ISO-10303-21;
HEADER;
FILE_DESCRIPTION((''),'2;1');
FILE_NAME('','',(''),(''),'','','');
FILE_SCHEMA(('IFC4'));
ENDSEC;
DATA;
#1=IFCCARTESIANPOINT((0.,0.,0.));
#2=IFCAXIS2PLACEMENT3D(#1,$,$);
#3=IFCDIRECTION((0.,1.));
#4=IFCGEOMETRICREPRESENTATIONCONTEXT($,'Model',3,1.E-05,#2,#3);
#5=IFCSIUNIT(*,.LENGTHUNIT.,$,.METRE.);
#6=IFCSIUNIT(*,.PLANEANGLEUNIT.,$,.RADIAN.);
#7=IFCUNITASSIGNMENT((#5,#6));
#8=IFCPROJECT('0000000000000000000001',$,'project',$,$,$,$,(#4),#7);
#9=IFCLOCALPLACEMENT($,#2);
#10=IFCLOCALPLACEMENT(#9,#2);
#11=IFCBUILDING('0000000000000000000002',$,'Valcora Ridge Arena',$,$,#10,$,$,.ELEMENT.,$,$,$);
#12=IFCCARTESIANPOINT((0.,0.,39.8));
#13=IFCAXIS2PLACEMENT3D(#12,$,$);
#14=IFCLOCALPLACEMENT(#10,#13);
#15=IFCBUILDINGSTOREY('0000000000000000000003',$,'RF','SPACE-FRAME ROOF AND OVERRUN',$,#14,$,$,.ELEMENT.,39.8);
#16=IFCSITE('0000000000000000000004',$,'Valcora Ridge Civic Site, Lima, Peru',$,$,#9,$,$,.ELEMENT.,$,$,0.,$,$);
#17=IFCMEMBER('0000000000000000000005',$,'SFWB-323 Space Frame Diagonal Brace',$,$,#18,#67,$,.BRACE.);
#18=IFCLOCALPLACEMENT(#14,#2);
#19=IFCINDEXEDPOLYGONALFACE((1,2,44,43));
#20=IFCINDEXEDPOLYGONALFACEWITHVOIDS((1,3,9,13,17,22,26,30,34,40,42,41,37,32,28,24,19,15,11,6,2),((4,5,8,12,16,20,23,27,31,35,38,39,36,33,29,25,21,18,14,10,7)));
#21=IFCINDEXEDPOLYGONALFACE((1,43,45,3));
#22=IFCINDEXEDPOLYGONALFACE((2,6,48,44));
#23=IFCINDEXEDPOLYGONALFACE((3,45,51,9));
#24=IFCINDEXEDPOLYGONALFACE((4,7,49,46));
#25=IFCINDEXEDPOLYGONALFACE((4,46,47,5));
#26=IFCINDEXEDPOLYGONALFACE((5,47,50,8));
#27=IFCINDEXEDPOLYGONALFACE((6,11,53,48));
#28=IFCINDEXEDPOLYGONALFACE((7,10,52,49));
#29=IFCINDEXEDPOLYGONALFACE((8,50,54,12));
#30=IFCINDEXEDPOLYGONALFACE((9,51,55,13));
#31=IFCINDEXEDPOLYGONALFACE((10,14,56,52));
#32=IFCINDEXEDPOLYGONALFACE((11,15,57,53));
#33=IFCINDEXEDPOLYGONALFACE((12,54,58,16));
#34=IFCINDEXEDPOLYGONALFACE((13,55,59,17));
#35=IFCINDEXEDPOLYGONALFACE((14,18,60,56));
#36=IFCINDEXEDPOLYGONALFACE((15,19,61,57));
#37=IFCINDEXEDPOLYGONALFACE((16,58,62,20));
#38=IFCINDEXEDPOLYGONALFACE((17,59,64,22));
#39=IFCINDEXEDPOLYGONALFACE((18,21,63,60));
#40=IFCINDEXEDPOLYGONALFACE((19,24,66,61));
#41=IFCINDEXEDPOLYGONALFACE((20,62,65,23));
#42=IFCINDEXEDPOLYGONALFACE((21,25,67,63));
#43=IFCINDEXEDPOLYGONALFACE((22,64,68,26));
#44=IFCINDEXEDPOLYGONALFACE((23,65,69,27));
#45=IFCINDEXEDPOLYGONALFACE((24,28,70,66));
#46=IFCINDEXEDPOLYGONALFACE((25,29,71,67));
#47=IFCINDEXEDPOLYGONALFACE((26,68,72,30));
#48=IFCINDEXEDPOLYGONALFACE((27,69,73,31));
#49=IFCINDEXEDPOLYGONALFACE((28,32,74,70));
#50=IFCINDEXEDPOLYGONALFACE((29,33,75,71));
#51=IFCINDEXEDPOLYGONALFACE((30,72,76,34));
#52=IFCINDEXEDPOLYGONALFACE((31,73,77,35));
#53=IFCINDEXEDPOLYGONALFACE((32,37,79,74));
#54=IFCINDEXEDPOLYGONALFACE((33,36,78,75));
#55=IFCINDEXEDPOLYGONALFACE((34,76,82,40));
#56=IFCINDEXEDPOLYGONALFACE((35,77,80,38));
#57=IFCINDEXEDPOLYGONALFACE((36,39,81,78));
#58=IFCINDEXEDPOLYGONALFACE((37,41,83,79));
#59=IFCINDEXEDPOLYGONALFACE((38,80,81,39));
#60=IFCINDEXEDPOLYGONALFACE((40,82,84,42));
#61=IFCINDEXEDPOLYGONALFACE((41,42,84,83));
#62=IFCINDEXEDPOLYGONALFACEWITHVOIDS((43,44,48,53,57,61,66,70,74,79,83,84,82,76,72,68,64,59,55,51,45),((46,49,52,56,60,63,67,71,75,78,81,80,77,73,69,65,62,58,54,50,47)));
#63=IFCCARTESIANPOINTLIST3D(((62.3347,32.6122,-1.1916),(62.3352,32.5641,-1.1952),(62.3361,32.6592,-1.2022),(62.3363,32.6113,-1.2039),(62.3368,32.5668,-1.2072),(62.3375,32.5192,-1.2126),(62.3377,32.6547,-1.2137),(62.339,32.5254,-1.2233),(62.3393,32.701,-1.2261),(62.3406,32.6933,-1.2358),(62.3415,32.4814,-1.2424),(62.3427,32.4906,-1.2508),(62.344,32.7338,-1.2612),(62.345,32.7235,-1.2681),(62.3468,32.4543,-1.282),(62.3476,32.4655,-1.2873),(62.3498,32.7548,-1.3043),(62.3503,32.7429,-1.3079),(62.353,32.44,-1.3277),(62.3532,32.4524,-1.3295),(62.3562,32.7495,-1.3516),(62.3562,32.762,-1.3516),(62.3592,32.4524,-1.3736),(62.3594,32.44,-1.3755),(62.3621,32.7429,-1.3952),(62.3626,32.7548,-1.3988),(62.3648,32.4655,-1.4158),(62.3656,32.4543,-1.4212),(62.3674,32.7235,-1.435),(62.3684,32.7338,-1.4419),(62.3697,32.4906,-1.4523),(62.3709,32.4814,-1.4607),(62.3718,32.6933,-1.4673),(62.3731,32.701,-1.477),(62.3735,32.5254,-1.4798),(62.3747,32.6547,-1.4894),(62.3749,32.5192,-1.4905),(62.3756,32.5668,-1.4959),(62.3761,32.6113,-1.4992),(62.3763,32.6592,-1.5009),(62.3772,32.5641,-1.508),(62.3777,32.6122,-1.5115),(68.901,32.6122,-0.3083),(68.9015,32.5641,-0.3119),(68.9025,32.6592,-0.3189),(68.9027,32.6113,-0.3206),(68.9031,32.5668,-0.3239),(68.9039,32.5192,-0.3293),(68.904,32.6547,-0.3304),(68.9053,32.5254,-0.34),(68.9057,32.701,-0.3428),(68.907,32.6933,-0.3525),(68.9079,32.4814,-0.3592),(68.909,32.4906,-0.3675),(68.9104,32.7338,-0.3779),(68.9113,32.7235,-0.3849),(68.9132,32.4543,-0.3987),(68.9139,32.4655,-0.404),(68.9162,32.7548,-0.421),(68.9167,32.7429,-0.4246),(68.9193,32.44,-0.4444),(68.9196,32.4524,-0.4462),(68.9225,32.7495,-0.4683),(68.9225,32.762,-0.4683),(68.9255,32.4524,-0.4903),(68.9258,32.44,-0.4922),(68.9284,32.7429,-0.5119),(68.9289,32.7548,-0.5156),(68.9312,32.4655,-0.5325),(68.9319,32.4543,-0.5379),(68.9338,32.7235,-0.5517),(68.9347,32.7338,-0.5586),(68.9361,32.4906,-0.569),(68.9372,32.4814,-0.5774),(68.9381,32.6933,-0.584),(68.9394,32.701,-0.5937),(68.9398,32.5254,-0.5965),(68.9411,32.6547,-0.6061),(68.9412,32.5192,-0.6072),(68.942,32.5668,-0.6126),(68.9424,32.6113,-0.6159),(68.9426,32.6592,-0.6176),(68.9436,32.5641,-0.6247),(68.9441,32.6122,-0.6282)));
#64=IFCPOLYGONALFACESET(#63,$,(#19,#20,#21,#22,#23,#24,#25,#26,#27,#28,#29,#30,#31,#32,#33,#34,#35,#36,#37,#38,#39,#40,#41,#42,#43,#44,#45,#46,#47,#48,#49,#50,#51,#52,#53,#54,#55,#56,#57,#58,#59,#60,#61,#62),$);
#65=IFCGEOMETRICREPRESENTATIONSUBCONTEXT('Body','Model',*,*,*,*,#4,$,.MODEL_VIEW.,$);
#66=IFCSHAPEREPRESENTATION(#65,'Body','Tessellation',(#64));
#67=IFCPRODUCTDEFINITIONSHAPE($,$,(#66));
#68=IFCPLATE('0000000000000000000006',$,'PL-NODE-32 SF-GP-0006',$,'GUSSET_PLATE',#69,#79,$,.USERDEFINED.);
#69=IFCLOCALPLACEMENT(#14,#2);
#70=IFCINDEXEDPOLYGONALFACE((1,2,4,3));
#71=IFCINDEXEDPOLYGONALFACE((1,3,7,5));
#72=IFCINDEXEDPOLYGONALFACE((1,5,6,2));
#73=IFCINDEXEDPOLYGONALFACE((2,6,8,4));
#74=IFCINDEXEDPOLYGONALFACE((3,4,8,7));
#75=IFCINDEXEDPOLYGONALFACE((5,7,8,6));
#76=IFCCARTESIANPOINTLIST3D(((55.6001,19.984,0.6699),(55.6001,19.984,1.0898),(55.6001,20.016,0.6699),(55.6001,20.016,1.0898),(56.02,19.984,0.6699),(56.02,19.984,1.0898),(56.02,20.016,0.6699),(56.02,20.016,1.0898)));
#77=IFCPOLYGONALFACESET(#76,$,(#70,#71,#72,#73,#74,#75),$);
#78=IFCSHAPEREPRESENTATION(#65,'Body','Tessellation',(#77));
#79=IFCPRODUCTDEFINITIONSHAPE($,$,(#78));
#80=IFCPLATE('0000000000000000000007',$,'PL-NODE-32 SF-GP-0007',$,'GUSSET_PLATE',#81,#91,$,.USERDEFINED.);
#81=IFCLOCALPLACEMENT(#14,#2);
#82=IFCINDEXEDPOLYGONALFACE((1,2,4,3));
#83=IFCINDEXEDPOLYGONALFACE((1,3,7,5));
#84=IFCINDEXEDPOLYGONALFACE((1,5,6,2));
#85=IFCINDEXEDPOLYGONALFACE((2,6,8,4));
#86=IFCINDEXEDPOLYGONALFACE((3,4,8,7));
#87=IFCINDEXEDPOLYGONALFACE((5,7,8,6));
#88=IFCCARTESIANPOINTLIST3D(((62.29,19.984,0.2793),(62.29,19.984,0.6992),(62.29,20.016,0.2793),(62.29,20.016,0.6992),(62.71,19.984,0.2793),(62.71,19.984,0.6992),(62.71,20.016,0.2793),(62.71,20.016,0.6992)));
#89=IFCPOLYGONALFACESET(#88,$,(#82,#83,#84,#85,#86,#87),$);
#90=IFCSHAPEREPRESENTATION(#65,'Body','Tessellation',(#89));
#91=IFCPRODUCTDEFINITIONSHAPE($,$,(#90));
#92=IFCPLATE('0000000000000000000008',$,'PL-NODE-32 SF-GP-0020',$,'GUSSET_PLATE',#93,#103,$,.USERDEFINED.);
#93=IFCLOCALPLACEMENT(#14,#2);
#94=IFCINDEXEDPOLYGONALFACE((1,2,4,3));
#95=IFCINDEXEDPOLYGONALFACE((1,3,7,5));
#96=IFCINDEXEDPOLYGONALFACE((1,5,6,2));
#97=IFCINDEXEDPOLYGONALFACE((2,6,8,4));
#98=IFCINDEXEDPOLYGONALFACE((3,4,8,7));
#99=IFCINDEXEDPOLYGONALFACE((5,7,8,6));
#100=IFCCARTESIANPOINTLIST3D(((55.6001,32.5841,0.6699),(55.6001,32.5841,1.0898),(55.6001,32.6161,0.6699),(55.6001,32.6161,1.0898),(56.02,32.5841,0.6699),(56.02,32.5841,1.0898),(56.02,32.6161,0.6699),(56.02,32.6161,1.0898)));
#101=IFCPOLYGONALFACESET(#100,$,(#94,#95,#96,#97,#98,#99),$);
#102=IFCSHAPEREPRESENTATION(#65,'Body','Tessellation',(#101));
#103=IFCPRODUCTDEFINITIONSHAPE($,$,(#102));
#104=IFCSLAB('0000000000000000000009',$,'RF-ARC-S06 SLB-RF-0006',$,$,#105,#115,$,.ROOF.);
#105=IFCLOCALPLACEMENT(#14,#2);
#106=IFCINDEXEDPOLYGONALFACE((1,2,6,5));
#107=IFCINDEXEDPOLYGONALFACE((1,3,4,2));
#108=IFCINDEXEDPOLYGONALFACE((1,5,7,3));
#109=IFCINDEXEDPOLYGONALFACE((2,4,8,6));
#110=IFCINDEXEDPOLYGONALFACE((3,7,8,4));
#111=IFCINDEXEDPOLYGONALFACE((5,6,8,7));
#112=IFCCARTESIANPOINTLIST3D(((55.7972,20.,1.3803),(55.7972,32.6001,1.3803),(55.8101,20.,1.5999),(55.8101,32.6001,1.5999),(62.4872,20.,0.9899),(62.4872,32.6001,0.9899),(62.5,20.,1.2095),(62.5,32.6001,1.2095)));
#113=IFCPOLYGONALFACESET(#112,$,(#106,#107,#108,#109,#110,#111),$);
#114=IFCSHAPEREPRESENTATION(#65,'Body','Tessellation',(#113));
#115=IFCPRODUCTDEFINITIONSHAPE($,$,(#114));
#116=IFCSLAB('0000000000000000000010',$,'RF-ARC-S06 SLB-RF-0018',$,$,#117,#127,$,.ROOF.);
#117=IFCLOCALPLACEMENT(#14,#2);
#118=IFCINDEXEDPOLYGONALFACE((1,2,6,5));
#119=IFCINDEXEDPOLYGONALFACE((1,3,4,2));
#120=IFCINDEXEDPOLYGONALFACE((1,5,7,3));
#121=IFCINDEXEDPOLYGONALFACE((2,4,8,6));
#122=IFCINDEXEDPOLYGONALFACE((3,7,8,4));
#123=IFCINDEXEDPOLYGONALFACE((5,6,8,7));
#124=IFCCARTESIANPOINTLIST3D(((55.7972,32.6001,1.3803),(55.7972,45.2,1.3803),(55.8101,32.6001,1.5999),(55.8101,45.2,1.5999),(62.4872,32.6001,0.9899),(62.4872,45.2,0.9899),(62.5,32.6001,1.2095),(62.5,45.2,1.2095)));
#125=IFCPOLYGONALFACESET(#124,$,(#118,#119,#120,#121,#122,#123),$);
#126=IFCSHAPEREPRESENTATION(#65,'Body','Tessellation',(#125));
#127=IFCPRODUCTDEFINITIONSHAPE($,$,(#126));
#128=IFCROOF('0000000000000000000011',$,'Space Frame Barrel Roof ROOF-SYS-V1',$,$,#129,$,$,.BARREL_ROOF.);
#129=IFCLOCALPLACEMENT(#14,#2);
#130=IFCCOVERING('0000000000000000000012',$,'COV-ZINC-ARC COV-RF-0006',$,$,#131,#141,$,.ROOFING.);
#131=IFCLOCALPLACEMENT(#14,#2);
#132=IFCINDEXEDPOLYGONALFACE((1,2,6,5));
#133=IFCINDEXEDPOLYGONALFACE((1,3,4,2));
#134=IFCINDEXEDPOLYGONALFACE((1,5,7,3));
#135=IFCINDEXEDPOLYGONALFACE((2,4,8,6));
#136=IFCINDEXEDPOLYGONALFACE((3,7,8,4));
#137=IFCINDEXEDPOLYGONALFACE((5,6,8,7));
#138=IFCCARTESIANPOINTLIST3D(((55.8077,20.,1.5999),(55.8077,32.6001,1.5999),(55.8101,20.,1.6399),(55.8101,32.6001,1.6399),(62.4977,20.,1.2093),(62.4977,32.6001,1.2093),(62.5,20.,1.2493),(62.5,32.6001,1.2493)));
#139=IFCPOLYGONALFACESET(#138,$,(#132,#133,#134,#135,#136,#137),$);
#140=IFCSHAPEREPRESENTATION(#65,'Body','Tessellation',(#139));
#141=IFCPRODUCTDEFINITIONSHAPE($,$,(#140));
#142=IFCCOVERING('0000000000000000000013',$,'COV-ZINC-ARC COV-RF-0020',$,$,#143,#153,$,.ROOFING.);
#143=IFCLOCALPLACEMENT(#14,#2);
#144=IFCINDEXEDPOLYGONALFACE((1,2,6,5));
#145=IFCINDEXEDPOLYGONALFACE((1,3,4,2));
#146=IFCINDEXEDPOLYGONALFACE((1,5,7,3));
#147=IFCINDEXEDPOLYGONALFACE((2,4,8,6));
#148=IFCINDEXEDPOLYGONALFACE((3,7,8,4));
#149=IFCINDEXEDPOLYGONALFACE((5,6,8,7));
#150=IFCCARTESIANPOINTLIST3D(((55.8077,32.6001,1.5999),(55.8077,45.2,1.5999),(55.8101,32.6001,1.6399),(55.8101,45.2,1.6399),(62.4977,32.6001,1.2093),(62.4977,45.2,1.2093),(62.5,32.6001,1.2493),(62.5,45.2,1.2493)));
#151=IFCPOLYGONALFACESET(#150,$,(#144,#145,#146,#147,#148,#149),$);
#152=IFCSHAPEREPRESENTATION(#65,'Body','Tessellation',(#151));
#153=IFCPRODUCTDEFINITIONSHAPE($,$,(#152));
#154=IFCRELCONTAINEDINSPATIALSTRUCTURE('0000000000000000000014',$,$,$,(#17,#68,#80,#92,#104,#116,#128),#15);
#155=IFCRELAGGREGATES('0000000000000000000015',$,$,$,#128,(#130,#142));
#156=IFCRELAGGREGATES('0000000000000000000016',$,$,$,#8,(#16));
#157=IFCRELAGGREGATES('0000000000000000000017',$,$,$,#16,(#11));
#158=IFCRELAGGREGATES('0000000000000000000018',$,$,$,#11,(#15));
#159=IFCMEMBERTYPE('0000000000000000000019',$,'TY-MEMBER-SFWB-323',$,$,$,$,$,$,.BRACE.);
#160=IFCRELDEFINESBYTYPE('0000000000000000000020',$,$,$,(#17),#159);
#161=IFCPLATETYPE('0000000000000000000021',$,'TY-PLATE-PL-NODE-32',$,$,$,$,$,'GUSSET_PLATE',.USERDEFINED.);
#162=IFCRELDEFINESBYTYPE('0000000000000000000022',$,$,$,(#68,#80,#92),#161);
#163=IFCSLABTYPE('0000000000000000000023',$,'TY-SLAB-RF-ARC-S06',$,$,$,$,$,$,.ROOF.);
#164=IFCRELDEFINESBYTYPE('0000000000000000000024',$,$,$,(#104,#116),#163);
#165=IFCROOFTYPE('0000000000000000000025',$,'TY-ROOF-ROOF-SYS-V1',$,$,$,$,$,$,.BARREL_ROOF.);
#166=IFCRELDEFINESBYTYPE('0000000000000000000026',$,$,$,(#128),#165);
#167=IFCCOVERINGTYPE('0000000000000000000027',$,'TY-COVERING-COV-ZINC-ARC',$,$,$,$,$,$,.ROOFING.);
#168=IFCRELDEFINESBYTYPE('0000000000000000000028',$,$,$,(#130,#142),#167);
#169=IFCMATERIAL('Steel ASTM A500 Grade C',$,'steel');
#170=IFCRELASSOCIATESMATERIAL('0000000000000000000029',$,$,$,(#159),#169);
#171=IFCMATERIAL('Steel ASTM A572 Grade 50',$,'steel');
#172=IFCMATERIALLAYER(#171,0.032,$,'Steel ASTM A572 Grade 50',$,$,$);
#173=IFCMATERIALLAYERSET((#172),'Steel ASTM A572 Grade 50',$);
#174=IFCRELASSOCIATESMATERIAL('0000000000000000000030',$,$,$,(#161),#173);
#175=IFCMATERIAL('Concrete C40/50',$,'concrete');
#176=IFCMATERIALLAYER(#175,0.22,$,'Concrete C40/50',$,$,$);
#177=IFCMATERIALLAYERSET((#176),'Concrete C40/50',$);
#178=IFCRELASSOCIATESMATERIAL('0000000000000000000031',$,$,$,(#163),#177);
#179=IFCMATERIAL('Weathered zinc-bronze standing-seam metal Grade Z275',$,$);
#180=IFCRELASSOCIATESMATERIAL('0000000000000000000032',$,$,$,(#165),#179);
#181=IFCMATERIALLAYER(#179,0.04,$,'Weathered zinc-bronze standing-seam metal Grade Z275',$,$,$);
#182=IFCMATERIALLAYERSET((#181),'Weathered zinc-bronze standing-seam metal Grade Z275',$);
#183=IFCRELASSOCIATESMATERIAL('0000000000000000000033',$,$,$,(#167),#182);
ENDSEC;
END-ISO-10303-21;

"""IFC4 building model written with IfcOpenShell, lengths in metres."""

from ifc_helpers import new_model, si_unit, direction, frame, origin, origin_2d, place, context, subcontext, project, spatial, polyline, rectangle, hollow_circle, outline, extrude, material, layer, layer_set, material_profile, profile_set, type_object, element, aggregate, save


model = new_model("IFC4")

# Units and contexts
model_context = context("Model", 3, precision=1e-05, world=origin(), true_north=direction((0.0, 1.0)))
body_context = subcontext(model_context, "Body", "Model", "MODEL_VIEW")
ifc_project = project(units=[si_unit("LENGTHUNIT", "METRE"), si_unit("PLANEANGLEUNIT", "RADIAN")], contexts=[model_context])

# Site, building, storey
site_placement = place(None, origin())
site = spatial("IfcSite", under=ifc_project, at=site_placement, Name="Valcora Ridge Civic Site, Lima, Peru", CompositionType="ELEMENT", RefElevation=0.0)
building_placement = place(site_placement, origin())
building = spatial("IfcBuilding", under=site, at=building_placement, Name="Valcora Ridge Arena", CompositionType="ELEMENT")
storey_placement = place(building_placement, frame((0.0, 0.0, 39.8)))
storey = spatial("IfcBuildingStorey", under=building, at=storey_placement, Name="RF", Description="SPACE-FRAME ROOF AND OVERRUN", CompositionType="ELEMENT", Elevation=39.8)

# Member
ifc_material_1 = material(Name="Steel ASTM A572 Grade 50", Category="steel")
ifc_material_2 = material(Name="Steel ASTM A500 Grade C", Category="steel")
ifc_material_profile_1 = material_profile(ifc_material_2, hollow_circle(Radius=0.1619, WallThickness=0.0125, at=origin_2d()), Name="CHS323X12")
ifc_profile_set_1 = profile_set([ifc_material_profile_1], Name="Steel ASTM A500 Grade C")
member_type_1 = type_object("IfcMemberType", Name="TY-MEMBER-SFWB-323", PredefinedType="BRACE", material=ifc_profile_set_1)
member_1_placement = place(storey_placement, frame((62.3562, 32.6001, -1.3516), z_axis=(0.991073, 0.0, 0.133317), x_axis=(0.0, 1.0, 0.0)))
element("IfcMember", 1, at=member_1_placement, inside=storey, type_object=member_type_1, Name="SFWB-323 Space Frame Diagonal Brace", PredefinedType="BRACE", context=body_context, shape_type="SweptSolid", body=[
    extrude(hollow_circle(Radius=0.1619, WallThickness=0.0125, at=origin_2d()), origin(), (0.0, 0.0, 1.0), 6.6255),
])

# Plates
ifc_layer_1 = layer(ifc_material_1, 0.032, Name="Steel ASTM A572 Grade 50")
ifc_layer_set_1 = layer_set([ifc_layer_1], Name="Steel ASTM A572 Grade 50")
plate_type = type_object("IfcPlateType", Name="TY-PLATE-PL-NODE-32", ElementType="GUSSET_PLATE", PredefinedType="USERDEFINED", material=ifc_layer_set_1)
for number, where, z_axis, x_axis, name in (
    (2, (55.8101, 20.0, 0.6699), (0.0, 0.0, 1.0), (1.0, 0.0, 0.0), "PL-NODE-32 SF-GP-0006"),
    (3, (62.5, 20.0, 0.2793), (0.0, 0.0, 1.0), (1.0, 0.0, 0.0), "PL-NODE-32 SF-GP-0007"),
    (4, (55.8101, 32.6001, 0.6699), (0.0, 0.0, 1.0), (1.0, 0.0, 0.0), "PL-NODE-32 SF-GP-0020"),
):
    element("IfcPlate", number, at=place(storey_placement, frame(where, z_axis=z_axis, x_axis=x_axis)), inside=storey, type_object=plate_type, Name=name, ObjectType="GUSSET_PLATE", PredefinedType="USERDEFINED", context=body_context, shape_type="SweptSolid", body=[
        extrude(rectangle(XDim=0.4199, YDim=0.032, at=origin_2d()), origin(), (0.0, 0.0, 1.0), 0.4199),
    ])

# Slabs
ifc_material_3 = material(Name="Concrete C40/50", Category="concrete")
ifc_layer_2 = layer(ifc_material_3, 0.22, Name="Concrete C40/50")
ifc_layer_set_2 = layer_set([ifc_layer_2], Name="Concrete C40/50")
slab_type = type_object("IfcSlabType", Name="TY-SLAB-RF-ARC-S06", PredefinedType="ROOF", material=ifc_layer_set_2)
slab_1_placement = place(storey_placement, frame((55.8101, 20.0, 1.5999), z_axis=(0.058254, 0.0, 0.998302), x_axis=(0.998302, 0.0, -0.058254)))
element("IfcSlab", 5, at=slab_1_placement, inside=storey, type_object=slab_type, Name="RF-ARC-S06 SLB-RF-0006", PredefinedType="ROOF", context=body_context, shape_type="SweptSolid", body=[
    extrude(outline(polyline([(0.0, 0.0), (6.7013, 0.0), (6.7013, 12.6001), (0.0, 12.6001), (0.0, 0.0)])), origin(), (0.0, 0.0, -1.0), 0.22),
])
slab_2_placement = place(storey_placement, frame((55.8101, 32.6001, 1.5999), z_axis=(0.058254, 0.0, 0.998302), x_axis=(0.998302, 0.0, -0.058254)))
element("IfcSlab", 6, at=slab_2_placement, inside=storey, type_object=slab_type, Name="RF-ARC-S06 SLB-RF-0018", PredefinedType="ROOF", context=body_context, shape_type="SweptSolid", body=[
    extrude(outline(polyline([(0.0, 0.0), (6.7013, 0.0), (6.7013, 12.5999), (0.0, 12.5999), (0.0, 0.0)])), origin(), (0.0, 0.0, -1.0), 0.22),
])

# Roof, coverings
ifc_material_4 = material(Name="Weathered zinc-bronze standing-seam metal Grade Z275")
roof_type = type_object("IfcRoofType", Name="TY-ROOF-ROOF-SYS-V1", PredefinedType="BARREL_ROOF", material=ifc_material_4)
roof_placement = place(storey_placement, origin())
roof = element("IfcRoof", 7, at=roof_placement, inside=storey, type_object=roof_type, Name="Space Frame Barrel Roof ROOF-SYS-V1", PredefinedType="BARREL_ROOF")
ifc_layer_3 = layer(ifc_material_4, 0.04, Name="Weathered zinc-bronze standing-seam metal Grade Z275")
ifc_layer_set_3 = layer_set([ifc_layer_3], Name="Weathered zinc-bronze standing-seam metal Grade Z275")
covering_type = type_object("IfcCoveringType", Name="TY-COVERING-COV-ZINC-ARC", PredefinedType="ROOFING", material=ifc_layer_set_3)
covering_1_placement = place(storey_placement, frame((55.8101, 20.0, 1.6399), z_axis=(0.058291, 0.0, 0.9983), x_axis=(0.9983, 0.0, -0.058291)))
covering_1 = element("IfcCovering", 8, at=covering_1_placement, type_object=covering_type, Name="COV-ZINC-ARC COV-RF-0006", PredefinedType="ROOFING", context=body_context, shape_type="SweptSolid", body=[
    extrude(outline(polyline([(0.0, 0.0), (6.7013, 0.0), (6.7013, 12.6001), (0.0, 12.6001), (0.0, 0.0)])), origin(), (0.0, 0.0, -1.0), 0.04),
])
covering_2_placement = place(storey_placement, frame((55.8101, 32.6001, 1.6399), z_axis=(0.058291, 0.0, 0.9983), x_axis=(0.9983, 0.0, -0.058291)))
covering_2 = element("IfcCovering", 9, at=covering_2_placement, type_object=covering_type, Name="COV-ZINC-ARC COV-RF-0020", PredefinedType="ROOFING", context=body_context, shape_type="SweptSolid", body=[
    extrude(outline(polyline([(0.0, 0.0), (6.7013, 0.0), (6.7013, 12.5999), (0.0, 12.5999), (0.0, 0.0)])), origin(), (0.0, 0.0, -1.0), 0.04),
])
aggregate(roof, [covering_1, covering_2])

save(model, "model.ifc")
